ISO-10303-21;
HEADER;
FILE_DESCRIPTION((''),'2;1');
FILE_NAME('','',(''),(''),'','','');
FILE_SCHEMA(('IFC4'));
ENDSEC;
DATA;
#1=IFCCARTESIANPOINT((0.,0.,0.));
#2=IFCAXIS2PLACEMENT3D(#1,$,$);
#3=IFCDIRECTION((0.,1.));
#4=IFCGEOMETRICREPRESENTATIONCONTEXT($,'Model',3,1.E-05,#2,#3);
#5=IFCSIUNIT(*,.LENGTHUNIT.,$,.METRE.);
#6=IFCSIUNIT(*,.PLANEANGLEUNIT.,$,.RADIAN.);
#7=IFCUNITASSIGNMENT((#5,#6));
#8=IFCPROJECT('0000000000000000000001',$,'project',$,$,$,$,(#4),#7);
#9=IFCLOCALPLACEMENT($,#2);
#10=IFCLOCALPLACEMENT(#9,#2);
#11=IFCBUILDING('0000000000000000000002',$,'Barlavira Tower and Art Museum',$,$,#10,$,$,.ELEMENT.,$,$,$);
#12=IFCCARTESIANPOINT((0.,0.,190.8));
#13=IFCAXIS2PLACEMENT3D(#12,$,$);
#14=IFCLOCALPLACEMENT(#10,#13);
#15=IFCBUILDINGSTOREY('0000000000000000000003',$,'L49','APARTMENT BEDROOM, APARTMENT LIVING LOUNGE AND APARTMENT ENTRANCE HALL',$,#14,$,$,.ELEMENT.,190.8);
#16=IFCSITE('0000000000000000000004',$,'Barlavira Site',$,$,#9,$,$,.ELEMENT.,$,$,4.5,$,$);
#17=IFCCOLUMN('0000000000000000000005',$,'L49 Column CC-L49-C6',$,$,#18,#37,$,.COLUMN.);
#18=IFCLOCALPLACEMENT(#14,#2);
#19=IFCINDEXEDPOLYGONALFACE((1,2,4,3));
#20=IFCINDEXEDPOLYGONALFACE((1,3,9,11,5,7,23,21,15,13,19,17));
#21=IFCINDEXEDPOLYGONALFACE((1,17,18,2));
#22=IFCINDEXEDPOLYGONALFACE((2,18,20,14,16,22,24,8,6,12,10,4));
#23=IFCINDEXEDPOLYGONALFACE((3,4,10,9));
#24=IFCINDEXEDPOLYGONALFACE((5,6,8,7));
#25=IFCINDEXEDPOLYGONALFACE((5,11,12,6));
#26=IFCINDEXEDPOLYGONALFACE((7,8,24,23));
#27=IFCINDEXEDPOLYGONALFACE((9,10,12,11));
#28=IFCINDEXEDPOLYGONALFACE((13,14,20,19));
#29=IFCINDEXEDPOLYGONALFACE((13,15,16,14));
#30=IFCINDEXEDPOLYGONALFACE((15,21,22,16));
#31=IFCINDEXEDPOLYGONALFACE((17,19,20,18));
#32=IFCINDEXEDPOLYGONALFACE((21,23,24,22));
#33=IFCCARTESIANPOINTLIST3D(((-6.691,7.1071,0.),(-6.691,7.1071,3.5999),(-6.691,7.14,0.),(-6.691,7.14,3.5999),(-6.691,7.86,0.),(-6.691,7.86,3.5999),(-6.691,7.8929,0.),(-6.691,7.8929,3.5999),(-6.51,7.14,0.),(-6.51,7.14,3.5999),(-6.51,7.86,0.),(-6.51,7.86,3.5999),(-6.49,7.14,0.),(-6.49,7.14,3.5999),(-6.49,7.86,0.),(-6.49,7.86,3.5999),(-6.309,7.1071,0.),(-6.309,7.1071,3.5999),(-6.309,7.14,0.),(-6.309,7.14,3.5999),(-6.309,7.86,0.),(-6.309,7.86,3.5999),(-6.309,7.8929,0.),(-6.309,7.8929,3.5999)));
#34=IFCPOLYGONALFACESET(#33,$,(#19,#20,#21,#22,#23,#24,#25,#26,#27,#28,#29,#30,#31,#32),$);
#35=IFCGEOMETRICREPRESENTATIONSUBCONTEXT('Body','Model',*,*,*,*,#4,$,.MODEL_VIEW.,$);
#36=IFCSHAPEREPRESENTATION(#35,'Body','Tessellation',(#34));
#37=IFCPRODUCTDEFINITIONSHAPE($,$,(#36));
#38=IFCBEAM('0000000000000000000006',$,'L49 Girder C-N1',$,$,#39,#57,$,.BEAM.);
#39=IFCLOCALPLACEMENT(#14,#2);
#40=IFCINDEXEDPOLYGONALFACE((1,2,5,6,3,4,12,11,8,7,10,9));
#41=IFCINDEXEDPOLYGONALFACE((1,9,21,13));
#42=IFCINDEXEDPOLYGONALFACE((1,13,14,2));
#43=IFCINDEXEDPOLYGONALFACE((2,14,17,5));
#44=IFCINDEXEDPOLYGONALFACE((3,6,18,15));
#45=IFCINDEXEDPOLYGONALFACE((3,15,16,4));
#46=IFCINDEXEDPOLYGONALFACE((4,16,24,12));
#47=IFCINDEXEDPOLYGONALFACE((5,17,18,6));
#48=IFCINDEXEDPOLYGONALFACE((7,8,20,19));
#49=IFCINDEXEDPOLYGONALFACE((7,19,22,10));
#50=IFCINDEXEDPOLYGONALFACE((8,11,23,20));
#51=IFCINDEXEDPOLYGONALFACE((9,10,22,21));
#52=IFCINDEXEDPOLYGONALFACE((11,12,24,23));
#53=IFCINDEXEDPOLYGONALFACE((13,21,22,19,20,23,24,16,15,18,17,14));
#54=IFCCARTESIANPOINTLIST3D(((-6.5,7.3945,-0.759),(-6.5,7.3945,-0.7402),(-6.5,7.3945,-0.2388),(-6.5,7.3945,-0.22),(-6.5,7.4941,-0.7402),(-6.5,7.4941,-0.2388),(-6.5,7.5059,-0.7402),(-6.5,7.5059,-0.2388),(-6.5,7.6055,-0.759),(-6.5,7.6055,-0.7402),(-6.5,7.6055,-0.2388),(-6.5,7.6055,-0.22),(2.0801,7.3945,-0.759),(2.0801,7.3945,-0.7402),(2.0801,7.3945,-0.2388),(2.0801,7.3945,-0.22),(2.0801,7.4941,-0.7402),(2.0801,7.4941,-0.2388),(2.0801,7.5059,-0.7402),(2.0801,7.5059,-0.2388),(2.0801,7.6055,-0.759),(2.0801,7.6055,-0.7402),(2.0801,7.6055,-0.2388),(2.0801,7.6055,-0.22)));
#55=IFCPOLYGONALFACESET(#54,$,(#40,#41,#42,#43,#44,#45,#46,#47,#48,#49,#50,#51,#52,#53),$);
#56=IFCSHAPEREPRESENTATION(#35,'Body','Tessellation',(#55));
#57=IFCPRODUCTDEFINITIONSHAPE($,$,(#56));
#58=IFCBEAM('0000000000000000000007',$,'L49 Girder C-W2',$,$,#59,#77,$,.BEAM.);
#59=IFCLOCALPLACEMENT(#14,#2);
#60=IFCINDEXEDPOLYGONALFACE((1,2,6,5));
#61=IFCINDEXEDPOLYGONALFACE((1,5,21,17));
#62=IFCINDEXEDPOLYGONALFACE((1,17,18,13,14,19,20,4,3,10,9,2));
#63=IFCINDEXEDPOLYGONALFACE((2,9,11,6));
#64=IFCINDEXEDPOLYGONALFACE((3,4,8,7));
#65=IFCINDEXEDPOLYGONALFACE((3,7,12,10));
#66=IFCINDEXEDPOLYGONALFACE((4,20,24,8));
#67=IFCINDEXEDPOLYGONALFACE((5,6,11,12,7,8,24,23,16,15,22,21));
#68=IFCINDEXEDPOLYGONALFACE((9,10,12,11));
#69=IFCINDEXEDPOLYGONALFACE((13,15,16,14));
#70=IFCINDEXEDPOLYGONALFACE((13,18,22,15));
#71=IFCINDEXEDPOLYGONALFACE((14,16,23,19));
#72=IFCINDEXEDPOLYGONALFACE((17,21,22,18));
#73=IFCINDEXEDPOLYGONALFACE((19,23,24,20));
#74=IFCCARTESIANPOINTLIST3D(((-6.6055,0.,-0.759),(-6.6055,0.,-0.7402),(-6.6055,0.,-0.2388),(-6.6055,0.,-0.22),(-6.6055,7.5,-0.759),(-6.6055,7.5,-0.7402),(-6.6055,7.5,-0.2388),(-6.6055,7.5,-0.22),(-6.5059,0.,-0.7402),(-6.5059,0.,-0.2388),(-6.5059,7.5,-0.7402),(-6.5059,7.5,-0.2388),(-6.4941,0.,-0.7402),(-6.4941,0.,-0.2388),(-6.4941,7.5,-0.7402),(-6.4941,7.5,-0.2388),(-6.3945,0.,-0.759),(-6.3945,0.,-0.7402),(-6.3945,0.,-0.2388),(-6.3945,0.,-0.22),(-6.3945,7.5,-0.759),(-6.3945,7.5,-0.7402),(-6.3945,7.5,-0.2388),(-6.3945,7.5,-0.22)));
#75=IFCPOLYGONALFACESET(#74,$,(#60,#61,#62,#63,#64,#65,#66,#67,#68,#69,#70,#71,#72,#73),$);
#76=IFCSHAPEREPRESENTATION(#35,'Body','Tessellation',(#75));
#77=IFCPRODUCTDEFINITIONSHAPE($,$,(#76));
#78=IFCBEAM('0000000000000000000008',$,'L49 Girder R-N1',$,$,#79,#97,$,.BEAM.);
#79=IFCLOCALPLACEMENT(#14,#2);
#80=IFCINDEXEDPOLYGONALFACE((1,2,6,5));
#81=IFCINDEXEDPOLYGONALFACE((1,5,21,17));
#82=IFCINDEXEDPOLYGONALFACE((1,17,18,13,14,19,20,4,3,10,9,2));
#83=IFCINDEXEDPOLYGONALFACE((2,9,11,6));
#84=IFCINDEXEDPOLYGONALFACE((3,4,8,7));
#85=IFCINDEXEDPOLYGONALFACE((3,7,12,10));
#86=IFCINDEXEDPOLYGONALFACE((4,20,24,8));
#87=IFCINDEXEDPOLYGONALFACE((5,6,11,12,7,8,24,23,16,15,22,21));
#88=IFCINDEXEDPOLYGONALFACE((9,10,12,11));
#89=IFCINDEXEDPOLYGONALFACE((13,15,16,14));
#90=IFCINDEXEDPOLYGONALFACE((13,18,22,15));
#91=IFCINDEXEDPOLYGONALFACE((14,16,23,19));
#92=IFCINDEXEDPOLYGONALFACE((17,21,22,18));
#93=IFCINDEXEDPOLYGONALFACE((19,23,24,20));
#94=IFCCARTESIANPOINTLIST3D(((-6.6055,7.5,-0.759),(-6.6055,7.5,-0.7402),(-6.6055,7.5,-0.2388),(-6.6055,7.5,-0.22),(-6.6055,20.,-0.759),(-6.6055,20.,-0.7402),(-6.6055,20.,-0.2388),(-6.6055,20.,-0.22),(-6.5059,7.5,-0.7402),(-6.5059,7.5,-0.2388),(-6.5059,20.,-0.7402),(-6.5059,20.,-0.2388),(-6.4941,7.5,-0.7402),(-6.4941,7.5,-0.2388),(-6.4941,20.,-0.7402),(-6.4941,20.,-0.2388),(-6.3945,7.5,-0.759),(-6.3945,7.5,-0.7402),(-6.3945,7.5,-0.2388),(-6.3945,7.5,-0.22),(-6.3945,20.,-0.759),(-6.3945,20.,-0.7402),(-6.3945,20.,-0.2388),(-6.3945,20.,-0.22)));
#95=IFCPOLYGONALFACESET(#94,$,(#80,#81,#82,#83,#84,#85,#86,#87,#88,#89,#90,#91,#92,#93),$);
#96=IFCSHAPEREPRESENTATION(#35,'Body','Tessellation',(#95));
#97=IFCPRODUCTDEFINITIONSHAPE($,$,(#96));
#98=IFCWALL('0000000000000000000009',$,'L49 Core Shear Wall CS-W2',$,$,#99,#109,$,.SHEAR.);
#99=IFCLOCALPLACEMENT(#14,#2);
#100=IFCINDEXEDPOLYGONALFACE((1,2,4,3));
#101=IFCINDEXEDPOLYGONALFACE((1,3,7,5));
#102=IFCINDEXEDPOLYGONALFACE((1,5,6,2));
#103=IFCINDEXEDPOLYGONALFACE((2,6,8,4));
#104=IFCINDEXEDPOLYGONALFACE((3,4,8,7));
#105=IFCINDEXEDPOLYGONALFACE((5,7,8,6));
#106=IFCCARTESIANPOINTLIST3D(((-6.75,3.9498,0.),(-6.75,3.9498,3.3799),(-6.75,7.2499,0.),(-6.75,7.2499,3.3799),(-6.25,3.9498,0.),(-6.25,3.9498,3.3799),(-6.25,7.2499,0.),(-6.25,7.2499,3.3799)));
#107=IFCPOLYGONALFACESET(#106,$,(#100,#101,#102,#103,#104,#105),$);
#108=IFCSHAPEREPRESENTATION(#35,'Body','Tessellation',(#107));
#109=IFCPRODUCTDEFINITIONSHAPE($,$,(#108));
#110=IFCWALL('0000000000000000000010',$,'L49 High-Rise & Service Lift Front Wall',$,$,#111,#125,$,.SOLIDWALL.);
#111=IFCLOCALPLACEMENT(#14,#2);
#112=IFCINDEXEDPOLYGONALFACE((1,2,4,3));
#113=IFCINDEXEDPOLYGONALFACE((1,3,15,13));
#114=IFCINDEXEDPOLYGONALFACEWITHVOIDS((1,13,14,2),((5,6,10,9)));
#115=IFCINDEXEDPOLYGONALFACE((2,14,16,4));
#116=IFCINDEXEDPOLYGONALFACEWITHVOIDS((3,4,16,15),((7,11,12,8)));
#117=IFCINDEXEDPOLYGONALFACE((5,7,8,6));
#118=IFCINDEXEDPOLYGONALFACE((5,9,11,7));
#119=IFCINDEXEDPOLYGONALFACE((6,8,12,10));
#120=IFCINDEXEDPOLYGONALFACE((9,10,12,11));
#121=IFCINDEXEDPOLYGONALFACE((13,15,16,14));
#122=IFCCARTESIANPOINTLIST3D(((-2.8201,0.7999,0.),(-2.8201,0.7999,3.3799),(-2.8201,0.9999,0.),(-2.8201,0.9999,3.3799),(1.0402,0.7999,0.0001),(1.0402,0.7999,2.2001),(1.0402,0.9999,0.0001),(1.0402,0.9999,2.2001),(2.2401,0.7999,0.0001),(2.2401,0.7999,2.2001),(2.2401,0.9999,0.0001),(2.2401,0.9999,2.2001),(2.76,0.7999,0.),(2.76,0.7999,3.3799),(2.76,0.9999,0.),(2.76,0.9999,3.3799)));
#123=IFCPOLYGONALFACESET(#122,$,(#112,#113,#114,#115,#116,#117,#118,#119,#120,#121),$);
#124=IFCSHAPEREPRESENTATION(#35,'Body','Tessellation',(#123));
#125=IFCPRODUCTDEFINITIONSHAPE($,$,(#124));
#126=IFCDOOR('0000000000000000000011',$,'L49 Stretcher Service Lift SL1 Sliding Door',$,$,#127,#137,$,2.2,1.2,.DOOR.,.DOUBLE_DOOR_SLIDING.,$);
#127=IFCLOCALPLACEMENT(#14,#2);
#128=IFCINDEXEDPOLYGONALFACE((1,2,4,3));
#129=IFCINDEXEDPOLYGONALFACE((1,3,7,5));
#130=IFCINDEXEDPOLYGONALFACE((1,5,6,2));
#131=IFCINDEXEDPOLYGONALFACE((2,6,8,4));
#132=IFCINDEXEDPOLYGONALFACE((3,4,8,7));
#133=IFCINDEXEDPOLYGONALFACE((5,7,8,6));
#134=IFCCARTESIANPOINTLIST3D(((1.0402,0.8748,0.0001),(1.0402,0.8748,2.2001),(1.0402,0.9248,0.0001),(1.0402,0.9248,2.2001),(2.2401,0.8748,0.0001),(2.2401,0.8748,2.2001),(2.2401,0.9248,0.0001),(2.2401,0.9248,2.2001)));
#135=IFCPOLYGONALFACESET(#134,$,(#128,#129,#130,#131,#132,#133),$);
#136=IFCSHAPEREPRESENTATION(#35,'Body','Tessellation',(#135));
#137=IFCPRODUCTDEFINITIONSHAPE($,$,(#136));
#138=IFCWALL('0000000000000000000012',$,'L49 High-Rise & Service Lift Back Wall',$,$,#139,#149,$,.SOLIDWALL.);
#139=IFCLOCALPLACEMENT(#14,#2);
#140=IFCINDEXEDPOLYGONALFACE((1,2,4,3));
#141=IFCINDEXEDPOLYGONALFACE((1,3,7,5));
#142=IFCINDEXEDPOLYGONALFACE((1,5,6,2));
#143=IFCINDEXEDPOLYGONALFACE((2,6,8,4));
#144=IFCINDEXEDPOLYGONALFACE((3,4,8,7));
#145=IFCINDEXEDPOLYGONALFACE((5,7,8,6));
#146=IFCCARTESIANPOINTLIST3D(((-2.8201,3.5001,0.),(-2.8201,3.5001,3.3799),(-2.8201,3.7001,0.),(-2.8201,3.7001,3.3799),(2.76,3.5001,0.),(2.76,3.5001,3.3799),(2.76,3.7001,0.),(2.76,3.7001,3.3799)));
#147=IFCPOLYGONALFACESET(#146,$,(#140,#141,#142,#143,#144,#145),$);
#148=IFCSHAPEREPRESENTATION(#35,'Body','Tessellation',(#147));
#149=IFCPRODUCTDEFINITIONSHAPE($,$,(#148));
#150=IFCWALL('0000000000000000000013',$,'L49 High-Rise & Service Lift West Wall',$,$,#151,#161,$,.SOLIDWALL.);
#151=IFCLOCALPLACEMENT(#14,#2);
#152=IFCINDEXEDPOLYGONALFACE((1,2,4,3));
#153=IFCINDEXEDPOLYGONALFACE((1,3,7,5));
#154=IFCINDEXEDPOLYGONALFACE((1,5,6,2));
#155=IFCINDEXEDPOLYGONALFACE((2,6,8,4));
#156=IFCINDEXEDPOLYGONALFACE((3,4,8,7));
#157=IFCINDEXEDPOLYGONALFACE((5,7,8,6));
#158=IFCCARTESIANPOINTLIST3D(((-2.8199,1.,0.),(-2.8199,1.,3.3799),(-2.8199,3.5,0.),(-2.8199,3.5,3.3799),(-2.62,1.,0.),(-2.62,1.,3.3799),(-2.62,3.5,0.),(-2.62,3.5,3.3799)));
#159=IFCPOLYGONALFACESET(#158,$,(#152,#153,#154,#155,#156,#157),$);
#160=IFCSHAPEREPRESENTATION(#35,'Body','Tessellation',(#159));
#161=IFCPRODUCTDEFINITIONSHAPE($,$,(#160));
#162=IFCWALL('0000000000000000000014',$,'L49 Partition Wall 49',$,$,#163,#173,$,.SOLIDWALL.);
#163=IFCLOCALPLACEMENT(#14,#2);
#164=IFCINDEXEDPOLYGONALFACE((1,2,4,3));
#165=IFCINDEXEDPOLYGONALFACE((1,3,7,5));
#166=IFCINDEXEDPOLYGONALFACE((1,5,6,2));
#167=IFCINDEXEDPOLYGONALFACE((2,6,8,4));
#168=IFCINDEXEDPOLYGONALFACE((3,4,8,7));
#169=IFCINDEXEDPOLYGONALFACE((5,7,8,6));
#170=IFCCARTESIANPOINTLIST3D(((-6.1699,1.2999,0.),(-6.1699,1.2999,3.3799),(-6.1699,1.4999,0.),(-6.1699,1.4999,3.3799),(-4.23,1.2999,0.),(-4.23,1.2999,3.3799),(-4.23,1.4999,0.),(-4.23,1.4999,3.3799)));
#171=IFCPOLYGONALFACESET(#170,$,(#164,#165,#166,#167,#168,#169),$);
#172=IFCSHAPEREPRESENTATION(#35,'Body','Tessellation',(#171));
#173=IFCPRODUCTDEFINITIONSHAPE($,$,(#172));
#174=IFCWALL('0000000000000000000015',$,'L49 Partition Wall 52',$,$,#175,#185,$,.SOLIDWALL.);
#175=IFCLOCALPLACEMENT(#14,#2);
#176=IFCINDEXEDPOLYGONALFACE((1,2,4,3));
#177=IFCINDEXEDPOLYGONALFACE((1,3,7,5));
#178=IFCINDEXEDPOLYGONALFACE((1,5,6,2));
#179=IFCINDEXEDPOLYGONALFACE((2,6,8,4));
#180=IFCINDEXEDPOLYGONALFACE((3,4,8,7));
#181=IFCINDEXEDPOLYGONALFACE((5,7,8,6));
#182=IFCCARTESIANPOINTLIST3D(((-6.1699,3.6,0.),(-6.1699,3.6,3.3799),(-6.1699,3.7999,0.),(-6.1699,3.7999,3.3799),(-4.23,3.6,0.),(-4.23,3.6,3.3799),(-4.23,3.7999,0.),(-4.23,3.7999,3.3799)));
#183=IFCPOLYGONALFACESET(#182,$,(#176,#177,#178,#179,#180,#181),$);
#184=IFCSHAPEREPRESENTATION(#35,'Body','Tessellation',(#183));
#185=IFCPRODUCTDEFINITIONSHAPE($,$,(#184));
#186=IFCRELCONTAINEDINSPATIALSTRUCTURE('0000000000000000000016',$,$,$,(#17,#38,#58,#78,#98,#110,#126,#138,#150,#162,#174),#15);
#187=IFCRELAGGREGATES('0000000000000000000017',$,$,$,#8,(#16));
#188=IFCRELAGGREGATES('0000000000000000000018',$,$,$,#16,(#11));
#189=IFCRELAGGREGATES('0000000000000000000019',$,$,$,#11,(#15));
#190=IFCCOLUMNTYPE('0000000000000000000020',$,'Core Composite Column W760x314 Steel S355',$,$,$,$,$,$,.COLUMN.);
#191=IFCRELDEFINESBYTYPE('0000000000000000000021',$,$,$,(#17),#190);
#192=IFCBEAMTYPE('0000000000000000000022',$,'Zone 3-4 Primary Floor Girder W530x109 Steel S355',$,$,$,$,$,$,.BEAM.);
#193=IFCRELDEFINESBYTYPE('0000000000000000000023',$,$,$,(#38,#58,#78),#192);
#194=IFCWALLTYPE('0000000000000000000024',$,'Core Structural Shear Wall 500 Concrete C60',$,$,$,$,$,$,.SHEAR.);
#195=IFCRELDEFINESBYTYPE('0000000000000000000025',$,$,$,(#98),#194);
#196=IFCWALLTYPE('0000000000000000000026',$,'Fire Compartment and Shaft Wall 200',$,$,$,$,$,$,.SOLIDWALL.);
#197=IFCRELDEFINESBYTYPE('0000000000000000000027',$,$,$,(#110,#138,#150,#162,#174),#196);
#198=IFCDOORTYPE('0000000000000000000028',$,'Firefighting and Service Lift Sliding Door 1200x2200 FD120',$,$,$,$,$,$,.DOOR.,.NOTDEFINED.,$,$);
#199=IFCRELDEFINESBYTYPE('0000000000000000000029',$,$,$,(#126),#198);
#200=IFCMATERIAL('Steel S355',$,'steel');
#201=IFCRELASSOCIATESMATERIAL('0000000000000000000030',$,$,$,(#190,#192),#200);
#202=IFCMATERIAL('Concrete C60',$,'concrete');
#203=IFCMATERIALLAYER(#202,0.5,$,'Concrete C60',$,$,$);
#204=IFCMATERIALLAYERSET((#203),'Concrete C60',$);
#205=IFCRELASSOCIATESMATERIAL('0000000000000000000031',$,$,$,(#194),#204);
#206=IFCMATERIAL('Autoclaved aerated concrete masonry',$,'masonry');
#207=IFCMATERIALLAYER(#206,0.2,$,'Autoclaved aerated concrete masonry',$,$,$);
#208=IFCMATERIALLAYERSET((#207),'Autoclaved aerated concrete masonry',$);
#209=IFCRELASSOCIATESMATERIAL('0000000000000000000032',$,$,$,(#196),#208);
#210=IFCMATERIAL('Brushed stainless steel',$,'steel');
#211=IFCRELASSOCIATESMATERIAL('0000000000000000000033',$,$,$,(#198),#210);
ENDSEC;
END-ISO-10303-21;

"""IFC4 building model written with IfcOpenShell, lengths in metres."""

from ifc_helpers import new_model, si_unit, direction, frame, frame_2d, origin, origin_2d, place, context, subcontext, project, spatial, rectangle, i_section, extrude, material, layer, layer_set, material_profile, profile_set, type_object, element, fill, save


model = new_model("IFC4")

# Units and contexts
model_context = context("Model", 3, precision=1e-05, world=origin(), true_north=direction((0.0, 1.0)))
body_context = subcontext(model_context, "Body", "Model", "MODEL_VIEW")
ifc_project = project(units=[si_unit("LENGTHUNIT", "METRE"), si_unit("PLANEANGLEUNIT", "RADIAN")], contexts=[model_context])

# Site, building, storey
site_placement = place(None, origin())
site = spatial("IfcSite", under=ifc_project, at=site_placement, Name="Barlavira Site", CompositionType="ELEMENT", RefElevation=4.5)
building_placement = place(site_placement, origin())
building = spatial("IfcBuilding", under=site, at=building_placement, Name="Barlavira Tower and Art Museum", CompositionType="ELEMENT")
storey_placement = place(building_placement, frame((0.0, 0.0, 190.8)))
storey = spatial("IfcBuildingStorey", under=building, at=storey_placement, Name="L49", Description="APARTMENT BEDROOM, APARTMENT LIVING LOUNGE AND APARTMENT ENTRANCE HALL", CompositionType="ELEMENT", Elevation=190.8)

# Column
ifc_material_1 = material(Name="Steel S355", Category="steel")
ifc_material_profile_1 = material_profile(ifc_material_1, i_section(OverallWidth=0.3821, OverallDepth=0.7859, WebThickness=0.02, FlangeThickness=0.033, at=origin_2d()), Name="W760x314.0")
ifc_profile_set_1 = profile_set([ifc_material_profile_1], Name="Steel S355")
column_type = type_object("IfcColumnType", Name="Core Composite Column W760x314 Steel S355", PredefinedType="COLUMN", material=ifc_profile_set_1)
column_placement = place(storey_placement, frame((-6.5, 7.5, 0.0), z_axis=(0.0, 0.0, 1.0), x_axis=(1.0, 0.0, 0.0)))
element("IfcColumn", 1, at=column_placement, inside=storey, type_object=column_type, Name="L49 Column CC-L49-C6", PredefinedType="COLUMN", context=body_context, shape_type="SweptSolid", body=[
    extrude(i_section(OverallWidth=0.3821, OverallDepth=0.7859, WebThickness=0.02, FlangeThickness=0.033, at=origin_2d()), origin(), (0.0, 0.0, 1.0), 3.5999),
])

# Beams
ifc_material_profile_2 = material_profile(ifc_material_1, i_section(OverallWidth=0.2109, OverallDepth=0.5391, WebThickness=0.0117, FlangeThickness=0.0188, at=origin_2d()), Name="W530x109.0")
ifc_profile_set_2 = profile_set([ifc_material_profile_2], Name="Steel S355")
beam_type = type_object("IfcBeamType", Name="Zone 3-4 Primary Floor Girder W530x109 Steel S355", PredefinedType="BEAM", material=ifc_profile_set_2)
beam_1_placement = place(storey_placement, frame((-6.5, 7.5, -0.4895), z_axis=(1.0, 0.0, 0.0), x_axis=(0.0, 1.0, 0.0)))
element("IfcBeam", 2, at=beam_1_placement, inside=storey, type_object=beam_type, Name="L49 Girder C-N1", PredefinedType="BEAM", context=body_context, shape_type="SweptSolid", body=[
    extrude(i_section(OverallWidth=0.2109, OverallDepth=0.5391, WebThickness=0.0117, FlangeThickness=0.0188, at=origin_2d()), origin(), (0.0, 0.0, 1.0), 8.5801),
])
beam_2_placement = place(storey_placement, frame((-6.5, 0.0, -0.4895), z_axis=(0.0, 1.0, 0.0), x_axis=(-1.0, 0.0, 0.0)))
element("IfcBeam", 3, at=beam_2_placement, inside=storey, type_object=beam_type, Name="L49 Girder C-W2", PredefinedType="BEAM", context=body_context, shape_type="SweptSolid", body=[
    extrude(i_section(OverallWidth=0.2109, OverallDepth=0.5391, WebThickness=0.0117, FlangeThickness=0.0188, at=origin_2d()), origin(), (0.0, 0.0, 1.0), 7.5),
])
beam_3_placement = place(storey_placement, frame((-6.5, 7.5, -0.4895), z_axis=(0.0, 1.0, 0.0), x_axis=(-1.0, 0.0, 0.0)))
element("IfcBeam", 4, at=beam_3_placement, inside=storey, type_object=beam_type, Name="L49 Girder R-N1", PredefinedType="BEAM", context=body_context, shape_type="SweptSolid", body=[
    extrude(i_section(OverallWidth=0.2109, OverallDepth=0.5391, WebThickness=0.0117, FlangeThickness=0.0188, at=origin_2d()), origin(), (0.0, 0.0, 1.0), 12.5),
])

# Shared definitions
ifc_material_2 = material(Name="Concrete C60", Category="concrete")
ifc_layer_1 = layer(ifc_material_2, 0.5, Name="Concrete C60")
ifc_layer_set_1 = layer_set([ifc_layer_1], Name="Concrete C60")
wall_type_1 = type_object("IfcWallType", Name="Core Structural Shear Wall 500 Concrete C60", PredefinedType="SHEAR", material=ifc_layer_set_1)
ifc_material_3 = material(Name="Brushed stainless steel", Category="steel")

# Wall
wall_1_placement = place(storey_placement, frame((-6.5, 3.95, 0.0), z_axis=(0.0, 0.0, 1.0), x_axis=(0.0, 1.0, 0.0)))
element("IfcWall", 5, at=wall_1_placement, inside=storey, type_object=wall_type_1, Name="L49 Core Shear Wall CS-W2", PredefinedType="SHEAR", context=body_context, shape_type="SweptSolid", body=[
    extrude(rectangle(XDim=3.3, YDim=0.5, at=frame_2d((1.6499, 0.0))), origin(), (0.0, 0.0, 1.0), 3.3799),
])

# Wall, opening, door
ifc_material_4 = material(Name="Autoclaved aerated concrete masonry", Category="masonry")
ifc_layer_2 = layer(ifc_material_4, 0.2, Name="Autoclaved aerated concrete masonry")
ifc_layer_set_2 = layer_set([ifc_layer_2], Name="Autoclaved aerated concrete masonry")
wall_type_2 = type_object("IfcWallType", Name="Fire Compartment and Shaft Wall 200", PredefinedType="SOLIDWALL", material=ifc_layer_set_2)
wall_2_placement = place(storey_placement, frame((-2.8201, 0.8999, 0.0), z_axis=(0.0, 0.0, 1.0), x_axis=(1.0, 0.0, 0.0)))
wall_2 = element("IfcWall", 6, at=wall_2_placement, inside=storey, type_object=wall_type_2, Name="L49 High-Rise & Service Lift Front Wall", PredefinedType="SOLIDWALL", context=body_context, shape_type="SweptSolid", body=[
    extrude(rectangle(XDim=5.5801, YDim=0.2, at=frame_2d((2.79, 0.0))), origin(), (0.0, 0.0, 1.0), 3.3799),
])
opening_1_placement = place(wall_2_placement, frame((3.8601, 0.0, 0.0)))
opening_1 = element("IfcOpeningElement", 7, at=opening_1_placement, cuts=wall_2, PredefinedType="OPENING", context=body_context, shape_type="SweptSolid", body=[
    extrude(rectangle(XDim=1.2, YDim=2.2, at=frame_2d((0.6001, 1.1001))), frame((0.0, 0.1099, 0.0), z_axis=(0.0, -1.0, 0.0), x_axis=(1.0, 0.0, 0.0)), (0.0, 0.0, 1.0), 0.22),
])
door_type_1 = type_object("IfcDoorType", Name="Firefighting and Service Lift Sliding Door 1200x2200 FD120", OperationType="NOTDEFINED", PredefinedType="DOOR", material=ifc_material_3)
door_1_placement = place(opening_1_placement, origin())
door_1 = element("IfcDoor", 8, at=door_1_placement, inside=storey, type_object=door_type_1, Name="L49 Stretcher Service Lift SL1 Sliding Door", OperationType="DOUBLE_DOOR_SLIDING", OverallHeight=2.2, OverallWidth=1.2, PredefinedType="DOOR", context=body_context, shape_type="SweptSolid", body=[
    extrude(rectangle(XDim=1.2, YDim=2.2, at=frame_2d((0.6001, 1.1001))), frame((0.0, 0.0249, 0.0), z_axis=(0.0, -1.0, 0.0), x_axis=(1.0, 0.0, 0.0)), (0.0, 0.0, 1.0), 0.05),
])
fill(opening_1, door_1)

# Walls
wall_3_placement = place(storey_placement, frame((-2.8201, 3.6001, 0.0), z_axis=(0.0, 0.0, 1.0), x_axis=(1.0, 0.0, 0.0)))
element("IfcWall", 9, at=wall_3_placement, inside=storey, type_object=wall_type_2, Name="L49 High-Rise & Service Lift Back Wall", PredefinedType="SOLIDWALL", context=body_context, shape_type="SweptSolid", body=[
    extrude(rectangle(XDim=5.5801, YDim=0.2, at=frame_2d((2.79, 0.0))), origin(), (0.0, 0.0, 1.0), 3.3799),
])
wall_4_placement = place(storey_placement, frame((-2.72, 1.0, 0.0), z_axis=(0.0, 0.0, 1.0), x_axis=(0.0, 1.0, 0.0)))
element("IfcWall", 10, at=wall_4_placement, inside=storey, type_object=wall_type_2, Name="L49 High-Rise & Service Lift West Wall", PredefinedType="SOLIDWALL", context=body_context, shape_type="SweptSolid", body=[
    extrude(rectangle(XDim=2.5, YDim=0.2, at=frame_2d((1.25, 0.0))), origin(), (0.0, 0.0, 1.0), 3.3799),
])
for number, where, z_axis, x_axis, name in (
    (11, (-6.1699, 1.3999, 0.0), (0.0, 0.0, 1.0), (1.0, 0.0, 0.0), "L49 Partition Wall 49"),
    (12, (-6.1699, 3.7, 0.0), (0.0, 0.0, 1.0), (1.0, 0.0, 0.0), "L49 Partition Wall 52"),
):
    element("IfcWall", number, at=place(storey_placement, frame(where, z_axis=z_axis, x_axis=x_axis)), inside=storey, type_object=wall_type_2, Name=name, PredefinedType="SOLIDWALL", context=body_context, shape_type="SweptSolid", body=[
        extrude(rectangle(XDim=1.9399, YDim=0.2, at=frame_2d((0.97, 0.0))), origin(), (0.0, 0.0, 1.0), 3.3799),
    ])

save(model, "model.ifc")
